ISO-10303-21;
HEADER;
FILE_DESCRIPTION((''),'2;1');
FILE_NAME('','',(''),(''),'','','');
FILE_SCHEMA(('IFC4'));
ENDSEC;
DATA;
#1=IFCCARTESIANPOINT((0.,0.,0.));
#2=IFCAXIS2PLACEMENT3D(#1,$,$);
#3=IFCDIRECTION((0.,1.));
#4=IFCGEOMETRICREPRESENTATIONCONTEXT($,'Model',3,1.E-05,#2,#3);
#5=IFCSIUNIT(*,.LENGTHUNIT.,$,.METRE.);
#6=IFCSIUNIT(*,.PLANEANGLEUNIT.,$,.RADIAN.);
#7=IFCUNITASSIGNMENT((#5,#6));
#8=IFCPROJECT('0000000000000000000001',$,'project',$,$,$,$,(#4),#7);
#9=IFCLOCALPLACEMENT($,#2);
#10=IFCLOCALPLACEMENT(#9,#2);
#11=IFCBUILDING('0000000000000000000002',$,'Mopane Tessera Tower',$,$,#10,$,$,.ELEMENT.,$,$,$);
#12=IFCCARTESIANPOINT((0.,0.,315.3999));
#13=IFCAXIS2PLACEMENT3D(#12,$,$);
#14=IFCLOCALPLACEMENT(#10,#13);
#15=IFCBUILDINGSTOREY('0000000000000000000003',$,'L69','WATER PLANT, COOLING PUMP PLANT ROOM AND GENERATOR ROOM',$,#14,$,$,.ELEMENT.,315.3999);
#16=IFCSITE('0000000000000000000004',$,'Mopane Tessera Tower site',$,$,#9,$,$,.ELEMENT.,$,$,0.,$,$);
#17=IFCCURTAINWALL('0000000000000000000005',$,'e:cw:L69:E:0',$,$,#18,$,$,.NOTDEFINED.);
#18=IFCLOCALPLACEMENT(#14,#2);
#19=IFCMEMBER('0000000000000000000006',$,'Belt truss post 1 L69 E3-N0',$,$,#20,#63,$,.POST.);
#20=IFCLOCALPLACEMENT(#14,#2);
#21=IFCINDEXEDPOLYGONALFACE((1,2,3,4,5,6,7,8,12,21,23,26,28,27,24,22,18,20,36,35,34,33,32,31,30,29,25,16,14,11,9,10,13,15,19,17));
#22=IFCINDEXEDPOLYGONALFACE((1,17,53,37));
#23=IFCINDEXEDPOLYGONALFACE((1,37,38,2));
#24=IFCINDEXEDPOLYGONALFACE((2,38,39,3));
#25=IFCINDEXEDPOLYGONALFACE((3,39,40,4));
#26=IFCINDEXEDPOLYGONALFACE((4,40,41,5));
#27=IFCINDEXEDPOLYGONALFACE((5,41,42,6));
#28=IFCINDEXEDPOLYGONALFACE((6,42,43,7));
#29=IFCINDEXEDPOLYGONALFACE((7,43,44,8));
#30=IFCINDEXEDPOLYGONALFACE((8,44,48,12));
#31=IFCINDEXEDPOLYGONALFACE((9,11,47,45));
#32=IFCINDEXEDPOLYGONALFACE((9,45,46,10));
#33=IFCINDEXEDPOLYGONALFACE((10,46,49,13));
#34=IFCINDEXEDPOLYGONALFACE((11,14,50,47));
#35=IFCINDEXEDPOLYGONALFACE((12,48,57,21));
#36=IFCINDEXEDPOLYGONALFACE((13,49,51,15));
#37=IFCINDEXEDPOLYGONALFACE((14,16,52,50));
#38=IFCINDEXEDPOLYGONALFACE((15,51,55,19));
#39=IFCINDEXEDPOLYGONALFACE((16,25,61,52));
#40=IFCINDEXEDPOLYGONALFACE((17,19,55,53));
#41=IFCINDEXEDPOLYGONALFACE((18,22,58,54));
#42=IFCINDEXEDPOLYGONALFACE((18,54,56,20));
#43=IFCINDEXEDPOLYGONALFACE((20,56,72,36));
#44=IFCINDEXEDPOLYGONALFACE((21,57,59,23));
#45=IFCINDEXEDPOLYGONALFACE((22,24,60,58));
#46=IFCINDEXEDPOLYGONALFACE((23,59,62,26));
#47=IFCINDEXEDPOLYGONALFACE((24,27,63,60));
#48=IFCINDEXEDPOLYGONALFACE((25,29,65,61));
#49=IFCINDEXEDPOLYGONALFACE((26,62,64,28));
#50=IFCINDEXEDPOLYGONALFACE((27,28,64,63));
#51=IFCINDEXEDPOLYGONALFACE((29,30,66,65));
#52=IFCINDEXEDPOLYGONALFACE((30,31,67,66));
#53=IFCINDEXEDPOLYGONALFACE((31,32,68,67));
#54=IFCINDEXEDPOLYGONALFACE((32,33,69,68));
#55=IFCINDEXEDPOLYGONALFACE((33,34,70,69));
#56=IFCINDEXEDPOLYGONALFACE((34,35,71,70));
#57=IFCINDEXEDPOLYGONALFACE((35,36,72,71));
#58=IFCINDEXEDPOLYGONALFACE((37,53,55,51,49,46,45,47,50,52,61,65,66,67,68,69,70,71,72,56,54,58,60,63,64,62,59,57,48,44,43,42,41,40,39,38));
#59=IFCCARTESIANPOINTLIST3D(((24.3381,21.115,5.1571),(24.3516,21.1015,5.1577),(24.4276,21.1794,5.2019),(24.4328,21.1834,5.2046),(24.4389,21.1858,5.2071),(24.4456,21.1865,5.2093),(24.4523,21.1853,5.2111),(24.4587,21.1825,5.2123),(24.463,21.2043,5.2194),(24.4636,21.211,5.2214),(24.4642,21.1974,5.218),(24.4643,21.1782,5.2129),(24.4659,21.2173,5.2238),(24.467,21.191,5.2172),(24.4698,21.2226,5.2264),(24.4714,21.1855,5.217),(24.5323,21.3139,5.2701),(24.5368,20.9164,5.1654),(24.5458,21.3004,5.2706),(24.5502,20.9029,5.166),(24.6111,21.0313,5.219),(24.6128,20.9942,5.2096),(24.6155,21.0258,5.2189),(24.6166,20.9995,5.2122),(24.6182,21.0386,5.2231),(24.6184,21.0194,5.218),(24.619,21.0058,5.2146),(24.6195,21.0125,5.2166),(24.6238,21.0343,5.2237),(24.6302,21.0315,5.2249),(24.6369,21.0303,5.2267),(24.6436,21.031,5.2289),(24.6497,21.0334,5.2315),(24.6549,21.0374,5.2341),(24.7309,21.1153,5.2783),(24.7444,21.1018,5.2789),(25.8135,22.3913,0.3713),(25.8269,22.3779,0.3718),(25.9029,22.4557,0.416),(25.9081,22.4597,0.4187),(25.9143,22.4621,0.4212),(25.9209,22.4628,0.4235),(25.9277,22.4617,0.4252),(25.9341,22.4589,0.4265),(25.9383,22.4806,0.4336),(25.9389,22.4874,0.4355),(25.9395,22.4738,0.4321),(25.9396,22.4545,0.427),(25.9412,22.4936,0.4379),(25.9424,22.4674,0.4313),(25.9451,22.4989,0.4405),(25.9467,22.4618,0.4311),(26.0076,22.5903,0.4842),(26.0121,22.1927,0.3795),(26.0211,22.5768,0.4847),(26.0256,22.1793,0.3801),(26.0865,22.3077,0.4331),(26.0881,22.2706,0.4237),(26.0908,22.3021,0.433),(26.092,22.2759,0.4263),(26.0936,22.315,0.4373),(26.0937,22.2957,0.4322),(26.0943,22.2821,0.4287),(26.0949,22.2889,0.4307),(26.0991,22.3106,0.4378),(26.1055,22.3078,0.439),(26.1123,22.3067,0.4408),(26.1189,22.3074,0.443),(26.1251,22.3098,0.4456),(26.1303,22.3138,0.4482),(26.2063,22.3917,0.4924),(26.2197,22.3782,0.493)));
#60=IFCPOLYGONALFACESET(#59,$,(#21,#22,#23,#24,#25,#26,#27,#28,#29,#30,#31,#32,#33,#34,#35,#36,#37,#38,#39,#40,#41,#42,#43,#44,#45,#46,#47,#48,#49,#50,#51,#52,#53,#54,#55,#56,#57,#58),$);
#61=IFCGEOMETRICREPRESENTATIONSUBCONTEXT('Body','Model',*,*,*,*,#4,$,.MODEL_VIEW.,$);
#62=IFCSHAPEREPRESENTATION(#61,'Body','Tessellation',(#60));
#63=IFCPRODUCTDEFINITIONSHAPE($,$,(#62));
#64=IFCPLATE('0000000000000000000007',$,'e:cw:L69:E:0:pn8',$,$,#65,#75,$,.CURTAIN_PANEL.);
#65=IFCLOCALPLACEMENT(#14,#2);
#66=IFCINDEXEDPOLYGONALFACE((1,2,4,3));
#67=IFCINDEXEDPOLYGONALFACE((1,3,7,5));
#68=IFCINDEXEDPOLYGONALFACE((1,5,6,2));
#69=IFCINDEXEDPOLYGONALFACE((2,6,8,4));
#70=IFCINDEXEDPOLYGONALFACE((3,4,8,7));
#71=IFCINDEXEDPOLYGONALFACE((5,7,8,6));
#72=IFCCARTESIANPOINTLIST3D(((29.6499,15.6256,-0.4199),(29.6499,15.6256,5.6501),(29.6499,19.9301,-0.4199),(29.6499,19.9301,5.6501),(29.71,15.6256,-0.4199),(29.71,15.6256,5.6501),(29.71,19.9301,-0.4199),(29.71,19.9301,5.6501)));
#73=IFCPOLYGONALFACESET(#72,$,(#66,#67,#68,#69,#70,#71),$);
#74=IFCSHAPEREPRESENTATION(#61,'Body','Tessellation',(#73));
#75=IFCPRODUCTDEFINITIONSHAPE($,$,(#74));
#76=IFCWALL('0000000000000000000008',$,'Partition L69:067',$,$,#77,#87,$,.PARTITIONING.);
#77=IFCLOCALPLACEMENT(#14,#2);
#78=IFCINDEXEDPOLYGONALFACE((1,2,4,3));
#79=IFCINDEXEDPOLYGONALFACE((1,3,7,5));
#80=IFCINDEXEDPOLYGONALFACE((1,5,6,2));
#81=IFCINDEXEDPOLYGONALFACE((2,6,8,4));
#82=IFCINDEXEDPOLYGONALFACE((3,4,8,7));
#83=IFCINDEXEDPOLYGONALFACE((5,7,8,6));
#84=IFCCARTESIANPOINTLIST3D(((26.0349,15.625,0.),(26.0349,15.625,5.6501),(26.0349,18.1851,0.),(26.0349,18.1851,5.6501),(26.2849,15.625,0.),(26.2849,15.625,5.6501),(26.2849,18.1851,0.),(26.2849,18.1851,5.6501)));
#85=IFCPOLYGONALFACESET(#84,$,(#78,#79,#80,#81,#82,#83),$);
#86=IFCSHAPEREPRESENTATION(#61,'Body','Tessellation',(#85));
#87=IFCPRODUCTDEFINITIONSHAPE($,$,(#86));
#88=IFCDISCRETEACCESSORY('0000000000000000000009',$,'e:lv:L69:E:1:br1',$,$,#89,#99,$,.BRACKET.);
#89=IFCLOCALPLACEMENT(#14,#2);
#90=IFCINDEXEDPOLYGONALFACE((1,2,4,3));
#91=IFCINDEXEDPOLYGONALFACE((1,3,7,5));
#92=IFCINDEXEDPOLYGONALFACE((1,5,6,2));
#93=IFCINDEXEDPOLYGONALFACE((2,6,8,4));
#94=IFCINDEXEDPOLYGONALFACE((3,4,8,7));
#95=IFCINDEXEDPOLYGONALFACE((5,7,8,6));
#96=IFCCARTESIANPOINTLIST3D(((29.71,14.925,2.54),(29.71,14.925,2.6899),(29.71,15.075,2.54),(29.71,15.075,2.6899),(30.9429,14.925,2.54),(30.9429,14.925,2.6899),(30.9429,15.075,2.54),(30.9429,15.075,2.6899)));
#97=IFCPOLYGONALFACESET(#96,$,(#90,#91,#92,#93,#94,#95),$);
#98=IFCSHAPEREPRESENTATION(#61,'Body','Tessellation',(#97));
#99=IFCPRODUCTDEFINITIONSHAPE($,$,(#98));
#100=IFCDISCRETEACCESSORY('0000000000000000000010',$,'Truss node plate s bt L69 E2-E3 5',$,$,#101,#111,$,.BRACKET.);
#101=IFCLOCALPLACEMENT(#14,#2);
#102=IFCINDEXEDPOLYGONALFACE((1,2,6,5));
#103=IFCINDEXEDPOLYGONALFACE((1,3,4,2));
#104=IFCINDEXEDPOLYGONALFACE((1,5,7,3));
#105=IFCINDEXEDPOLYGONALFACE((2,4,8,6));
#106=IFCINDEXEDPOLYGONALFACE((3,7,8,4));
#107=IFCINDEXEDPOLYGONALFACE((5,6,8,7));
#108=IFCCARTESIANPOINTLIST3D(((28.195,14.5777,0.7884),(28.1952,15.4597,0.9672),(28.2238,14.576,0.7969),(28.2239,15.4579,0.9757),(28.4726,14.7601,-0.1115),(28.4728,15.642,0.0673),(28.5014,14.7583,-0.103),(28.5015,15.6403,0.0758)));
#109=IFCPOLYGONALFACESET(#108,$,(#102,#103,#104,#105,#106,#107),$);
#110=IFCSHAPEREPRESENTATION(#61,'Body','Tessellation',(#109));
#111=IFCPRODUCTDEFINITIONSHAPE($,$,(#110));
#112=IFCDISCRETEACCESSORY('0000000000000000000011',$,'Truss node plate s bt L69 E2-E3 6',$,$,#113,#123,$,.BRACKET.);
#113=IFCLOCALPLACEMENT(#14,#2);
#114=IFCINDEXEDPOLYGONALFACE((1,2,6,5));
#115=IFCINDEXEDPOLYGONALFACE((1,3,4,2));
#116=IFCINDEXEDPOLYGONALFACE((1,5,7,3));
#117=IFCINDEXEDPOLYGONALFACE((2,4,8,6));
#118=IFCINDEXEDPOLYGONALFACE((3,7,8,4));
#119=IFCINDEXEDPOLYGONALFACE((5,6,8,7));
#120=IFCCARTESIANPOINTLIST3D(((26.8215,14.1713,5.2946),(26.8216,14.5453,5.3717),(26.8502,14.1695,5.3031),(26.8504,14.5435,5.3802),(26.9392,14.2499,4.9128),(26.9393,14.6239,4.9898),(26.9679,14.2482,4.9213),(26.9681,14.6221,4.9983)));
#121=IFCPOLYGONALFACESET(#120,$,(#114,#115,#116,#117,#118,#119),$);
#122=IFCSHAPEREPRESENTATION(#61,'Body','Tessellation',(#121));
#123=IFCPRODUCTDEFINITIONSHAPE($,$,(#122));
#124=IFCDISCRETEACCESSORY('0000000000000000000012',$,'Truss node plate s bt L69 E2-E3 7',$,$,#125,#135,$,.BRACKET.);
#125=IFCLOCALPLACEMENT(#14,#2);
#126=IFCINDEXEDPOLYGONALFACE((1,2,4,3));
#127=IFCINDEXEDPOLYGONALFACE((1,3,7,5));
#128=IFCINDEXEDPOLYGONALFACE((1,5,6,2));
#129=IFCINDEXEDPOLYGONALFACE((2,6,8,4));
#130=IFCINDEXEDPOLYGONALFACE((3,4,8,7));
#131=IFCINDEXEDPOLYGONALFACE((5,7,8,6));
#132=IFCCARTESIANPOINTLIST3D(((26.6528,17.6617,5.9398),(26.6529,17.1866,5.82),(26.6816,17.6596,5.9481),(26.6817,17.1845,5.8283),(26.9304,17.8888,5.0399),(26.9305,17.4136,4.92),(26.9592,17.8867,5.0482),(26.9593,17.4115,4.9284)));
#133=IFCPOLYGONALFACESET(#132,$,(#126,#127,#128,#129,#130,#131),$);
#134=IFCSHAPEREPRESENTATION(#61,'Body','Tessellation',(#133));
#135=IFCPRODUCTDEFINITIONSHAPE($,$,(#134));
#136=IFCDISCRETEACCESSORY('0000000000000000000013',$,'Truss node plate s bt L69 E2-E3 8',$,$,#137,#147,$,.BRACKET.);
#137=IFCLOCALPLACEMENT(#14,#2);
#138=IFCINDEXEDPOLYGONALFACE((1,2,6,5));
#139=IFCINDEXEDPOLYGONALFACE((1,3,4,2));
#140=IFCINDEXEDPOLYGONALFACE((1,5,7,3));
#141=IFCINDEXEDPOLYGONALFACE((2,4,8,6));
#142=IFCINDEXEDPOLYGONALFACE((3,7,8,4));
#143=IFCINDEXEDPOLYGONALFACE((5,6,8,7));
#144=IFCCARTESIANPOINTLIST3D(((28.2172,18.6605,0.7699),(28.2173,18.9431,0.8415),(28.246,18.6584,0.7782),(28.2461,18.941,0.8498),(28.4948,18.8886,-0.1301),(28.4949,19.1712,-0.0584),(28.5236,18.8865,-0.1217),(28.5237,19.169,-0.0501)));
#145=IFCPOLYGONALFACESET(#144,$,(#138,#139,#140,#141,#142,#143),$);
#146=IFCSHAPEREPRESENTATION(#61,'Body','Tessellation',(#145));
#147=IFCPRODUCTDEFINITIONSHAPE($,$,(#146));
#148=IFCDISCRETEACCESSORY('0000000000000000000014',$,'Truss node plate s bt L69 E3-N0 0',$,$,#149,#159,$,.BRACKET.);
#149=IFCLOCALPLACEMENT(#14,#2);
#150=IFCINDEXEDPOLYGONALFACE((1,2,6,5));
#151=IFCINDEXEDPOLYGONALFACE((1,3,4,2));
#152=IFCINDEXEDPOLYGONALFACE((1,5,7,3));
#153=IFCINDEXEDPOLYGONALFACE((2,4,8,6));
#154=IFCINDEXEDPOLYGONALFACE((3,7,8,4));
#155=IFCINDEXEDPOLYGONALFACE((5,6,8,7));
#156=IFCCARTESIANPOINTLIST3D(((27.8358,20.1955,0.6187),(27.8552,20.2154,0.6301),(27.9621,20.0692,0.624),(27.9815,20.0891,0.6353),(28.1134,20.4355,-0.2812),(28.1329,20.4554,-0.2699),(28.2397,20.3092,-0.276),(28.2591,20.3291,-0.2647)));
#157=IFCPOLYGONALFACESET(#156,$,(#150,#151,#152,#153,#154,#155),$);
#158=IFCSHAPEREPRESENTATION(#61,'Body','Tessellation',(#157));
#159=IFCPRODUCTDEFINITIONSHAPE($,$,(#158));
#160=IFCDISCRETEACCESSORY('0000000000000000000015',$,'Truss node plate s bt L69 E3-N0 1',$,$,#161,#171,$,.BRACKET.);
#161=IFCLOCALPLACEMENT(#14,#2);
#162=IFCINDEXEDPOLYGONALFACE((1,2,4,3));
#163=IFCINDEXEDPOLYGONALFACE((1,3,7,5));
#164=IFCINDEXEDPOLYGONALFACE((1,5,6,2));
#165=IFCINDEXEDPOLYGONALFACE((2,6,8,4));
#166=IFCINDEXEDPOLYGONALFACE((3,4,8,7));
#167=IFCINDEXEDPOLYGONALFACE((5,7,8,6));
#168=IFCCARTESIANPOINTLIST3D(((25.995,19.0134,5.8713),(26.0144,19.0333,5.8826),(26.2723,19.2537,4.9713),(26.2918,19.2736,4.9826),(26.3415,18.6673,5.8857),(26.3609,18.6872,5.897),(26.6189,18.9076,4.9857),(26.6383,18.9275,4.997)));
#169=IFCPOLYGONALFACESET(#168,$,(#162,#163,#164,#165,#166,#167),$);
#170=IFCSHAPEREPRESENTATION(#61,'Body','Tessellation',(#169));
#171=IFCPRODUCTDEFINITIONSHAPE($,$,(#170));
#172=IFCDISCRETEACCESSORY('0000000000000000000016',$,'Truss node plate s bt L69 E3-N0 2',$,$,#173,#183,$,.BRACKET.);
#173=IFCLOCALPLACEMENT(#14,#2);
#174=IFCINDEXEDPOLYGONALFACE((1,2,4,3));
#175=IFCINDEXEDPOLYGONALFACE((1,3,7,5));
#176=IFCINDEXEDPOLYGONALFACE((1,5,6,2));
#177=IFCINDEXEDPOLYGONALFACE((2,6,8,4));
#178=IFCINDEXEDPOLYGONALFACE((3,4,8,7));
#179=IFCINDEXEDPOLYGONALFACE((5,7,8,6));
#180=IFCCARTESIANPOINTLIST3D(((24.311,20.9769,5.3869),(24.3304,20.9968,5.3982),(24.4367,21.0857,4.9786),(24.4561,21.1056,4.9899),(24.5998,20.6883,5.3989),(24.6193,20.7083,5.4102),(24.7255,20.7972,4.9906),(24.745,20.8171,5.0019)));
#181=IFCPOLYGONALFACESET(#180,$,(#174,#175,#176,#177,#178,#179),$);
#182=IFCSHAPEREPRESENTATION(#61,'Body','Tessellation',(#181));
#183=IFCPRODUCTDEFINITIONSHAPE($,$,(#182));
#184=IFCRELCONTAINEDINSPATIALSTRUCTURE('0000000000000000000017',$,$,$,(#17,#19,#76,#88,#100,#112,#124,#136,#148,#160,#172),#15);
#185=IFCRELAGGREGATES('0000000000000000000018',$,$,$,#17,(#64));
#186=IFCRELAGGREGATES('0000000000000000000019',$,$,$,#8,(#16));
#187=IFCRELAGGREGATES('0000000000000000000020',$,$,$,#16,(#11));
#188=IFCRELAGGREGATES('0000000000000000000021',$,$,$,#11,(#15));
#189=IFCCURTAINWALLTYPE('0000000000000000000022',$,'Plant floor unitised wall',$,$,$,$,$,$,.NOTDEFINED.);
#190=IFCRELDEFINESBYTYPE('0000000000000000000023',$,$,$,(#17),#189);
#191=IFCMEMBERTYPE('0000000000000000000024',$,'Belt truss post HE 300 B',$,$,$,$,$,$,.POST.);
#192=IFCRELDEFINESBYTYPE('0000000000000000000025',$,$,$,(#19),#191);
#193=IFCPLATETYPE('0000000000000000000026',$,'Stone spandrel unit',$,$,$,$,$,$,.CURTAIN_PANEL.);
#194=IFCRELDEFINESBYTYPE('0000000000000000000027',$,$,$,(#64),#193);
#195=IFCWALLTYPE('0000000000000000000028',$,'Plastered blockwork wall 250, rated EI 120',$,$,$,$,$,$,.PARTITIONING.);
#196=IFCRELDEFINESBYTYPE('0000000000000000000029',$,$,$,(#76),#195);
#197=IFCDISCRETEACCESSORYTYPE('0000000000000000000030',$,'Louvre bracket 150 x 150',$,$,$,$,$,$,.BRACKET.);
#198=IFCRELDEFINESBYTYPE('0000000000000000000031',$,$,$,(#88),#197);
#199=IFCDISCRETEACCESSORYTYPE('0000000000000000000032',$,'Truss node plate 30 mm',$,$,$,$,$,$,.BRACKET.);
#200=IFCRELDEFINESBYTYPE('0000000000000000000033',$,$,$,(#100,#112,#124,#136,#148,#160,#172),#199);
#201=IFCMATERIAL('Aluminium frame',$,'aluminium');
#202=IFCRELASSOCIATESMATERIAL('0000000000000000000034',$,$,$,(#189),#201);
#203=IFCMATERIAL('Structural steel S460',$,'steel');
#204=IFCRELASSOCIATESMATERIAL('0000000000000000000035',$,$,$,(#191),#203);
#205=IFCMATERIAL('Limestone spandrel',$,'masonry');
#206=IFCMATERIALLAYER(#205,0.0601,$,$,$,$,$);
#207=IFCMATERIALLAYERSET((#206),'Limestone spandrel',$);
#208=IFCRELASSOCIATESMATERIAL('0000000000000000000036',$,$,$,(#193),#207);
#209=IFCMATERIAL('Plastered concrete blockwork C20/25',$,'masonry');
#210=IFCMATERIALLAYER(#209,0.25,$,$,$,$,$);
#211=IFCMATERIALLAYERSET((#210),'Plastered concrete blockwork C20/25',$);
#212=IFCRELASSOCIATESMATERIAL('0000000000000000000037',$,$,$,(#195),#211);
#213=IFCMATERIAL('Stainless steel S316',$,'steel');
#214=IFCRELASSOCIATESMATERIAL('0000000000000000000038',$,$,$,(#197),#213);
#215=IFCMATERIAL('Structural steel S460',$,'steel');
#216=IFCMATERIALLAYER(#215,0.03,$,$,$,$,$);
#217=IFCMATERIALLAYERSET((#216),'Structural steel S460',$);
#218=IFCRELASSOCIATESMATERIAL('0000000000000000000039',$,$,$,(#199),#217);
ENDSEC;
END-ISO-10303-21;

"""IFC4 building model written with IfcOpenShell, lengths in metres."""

from ifc_helpers import new_model, si_unit, direction, frame, frame_2d, origin, origin_2d, place, context, subcontext, project, spatial, rectangle, i_section, extrude, material, layer, layer_set, material_profile, profile_set, type_object, element, aggregate, save


model = new_model("IFC4")

# Units and contexts
model_context = context("Model", 3, precision=1e-05, world=origin(), true_north=direction((0.0, 1.0)))
body_context = subcontext(model_context, "Body", "Model", "MODEL_VIEW")
ifc_project = project(units=[si_unit("LENGTHUNIT", "METRE"), si_unit("PLANEANGLEUNIT", "RADIAN")], contexts=[model_context])

# Site, building, storey
site_placement = place(None, origin())
site = spatial("IfcSite", under=ifc_project, at=site_placement, Name="Mopane Tessera Tower site", CompositionType="ELEMENT", RefElevation=0.0)
building_placement = place(site_placement, origin())
building = spatial("IfcBuilding", under=site, at=building_placement, Name="Mopane Tessera Tower", CompositionType="ELEMENT")
storey_placement = place(building_placement, frame((0.0, 0.0, 315.3999)))
storey = spatial("IfcBuildingStorey", under=building, at=storey_placement, Name="L69", Description="WATER PLANT, COOLING PUMP PLANT ROOM AND GENERATOR ROOM", CompositionType="ELEMENT", Elevation=315.3999)

# Curtain wall
ifc_material_1 = material(Name="Aluminium frame", Category="aluminium")
curtain_wall_type = type_object("IfcCurtainWallType", Name="Plant floor unitised wall", PredefinedType="NOTDEFINED", material=ifc_material_1)
curtain_wall_1_placement = place(storey_placement, origin())
curtain_wall_1 = element("IfcCurtainWall", 1, at=curtain_wall_1_placement, inside=storey, type_object=curtain_wall_type, Name="e:cw:L69:E:0", PredefinedType="NOTDEFINED")

# Member
ifc_material_2 = material(Name="Structural steel S460", Category="steel")
ifc_material_profile_1 = material_profile(ifc_material_2, i_section(OverallWidth=0.3, OverallDepth=0.3, WebThickness=0.011, FlangeThickness=0.019, FilletRadius=0.0271, at=origin_2d()))
ifc_profile_set_1 = profile_set([ifc_material_profile_1], Name="Structural steel S460")
member_type_1 = type_object("IfcMemberType", Name="Belt truss post HE 300 B", PredefinedType="POST", material=ifc_profile_set_1)
member_1_placement = place(storey_placement, frame((26.0166, 22.3848, 0.4321), z_axis=(-0.285464, -0.246965, 0.926023), x_axis=(-0.647193, -0.662967, -0.376319)))
element("IfcMember", 2, at=member_1_placement, inside=storey, type_object=member_type_1, Name="Belt truss post 1 L69 E3-N0", PredefinedType="POST", context=body_context, shape_type="SweptSolid", body=[
    extrude(i_section(OverallWidth=0.3, OverallDepth=0.3, WebThickness=0.011, FlangeThickness=0.019, FilletRadius=0.0271, at=origin_2d()), origin(), (0.0, 0.0, 1.0), 5.1682),
])

# Plate
ifc_material_3 = material(Name="Limestone spandrel", Category="masonry")
ifc_layer_1 = layer(ifc_material_3, 0.0601)
ifc_layer_set_1 = layer_set([ifc_layer_1], Name="Limestone spandrel")
plate_type = type_object("IfcPlateType", Name="Stone spandrel unit", PredefinedType="CURTAIN_PANEL", material=ifc_layer_set_1)
plate_placement = place(storey_placement, frame((29.6799, 17.7778, -0.4199), z_axis=(0.0, 0.0, 1.0), x_axis=(0.0, 1.0, 0.0)))
plate = element("IfcPlate", 3, at=plate_placement, type_object=plate_type, Name="e:cw:L69:E:0:pn8", PredefinedType="CURTAIN_PANEL", context=body_context, shape_type="SweptSolid", body=[
    extrude(rectangle(XDim=4.3044, YDim=0.0601, at=origin_2d()), origin(), (0.0, 0.0, 1.0), 6.0701),
])
aggregate(curtain_wall_1, [plate])

# Wall
ifc_material_4 = material(Name="Plastered concrete blockwork C20/25", Category="masonry")
ifc_layer_2 = layer(ifc_material_4, 0.25)
ifc_layer_set_2 = layer_set([ifc_layer_2], Name="Plastered concrete blockwork C20/25")
wall_type = type_object("IfcWallType", Name="Plastered blockwork wall 250, rated EI 120", PredefinedType="PARTITIONING", material=ifc_layer_set_2)
wall_placement = place(storey_placement, frame((26.1599, 15.625, 0.0), z_axis=(0.0, 0.0, 1.0), x_axis=(0.0, 1.0, 0.0)))
element("IfcWall", 4, at=wall_placement, inside=storey, type_object=wall_type, Name="Partition L69:067", PredefinedType="PARTITIONING", context=body_context, shape_type="SweptSolid", body=[
    extrude(rectangle(XDim=2.5601, YDim=0.25, at=frame_2d((1.28, 0.0))), origin(), (0.0, 0.0, 1.0), 5.6501),
])

# Discrete accessories
ifc_material_5 = material(Name="Stainless steel S316", Category="steel")
discrete_accessory_type_1 = type_object("IfcDiscreteAccessoryType", Name="Louvre bracket 150 x 150", PredefinedType="BRACKET", material=ifc_material_5)
discrete_accessory_1_placement = place(storey_placement, frame((30.3264, 15.0, 2.54), z_axis=(0.0, 0.0, 1.0), x_axis=(1.0, 0.0, 0.0)))
element("IfcDiscreteAccessory", 5, at=discrete_accessory_1_placement, inside=storey, type_object=discrete_accessory_type_1, Name="e:lv:L69:E:1:br1", PredefinedType="BRACKET", context=body_context, shape_type="SweptSolid", body=[
    extrude(rectangle(XDim=1.2329, YDim=0.1499, at=origin_2d()), origin(), (0.0, 0.0, 1.0), 0.1499),
])
ifc_material_6 = material(Name="Structural steel S460", Category="steel")
ifc_layer_3 = layer(ifc_material_6, 0.03)
ifc_layer_set_3 = layer_set([ifc_layer_3], Name="Structural steel S460")
discrete_accessory_type_2 = type_object("IfcDiscreteAccessoryType", Name="Truss node plate 30 mm", PredefinedType="BRACKET", material=ifc_layer_set_3)
discrete_accessory_2_placement = place(storey_placement, frame((28.4871, 15.2002, -0.0178), z_axis=(-0.289383, -0.190123, 0.938142), x_axis=(-0.957213, 0.057639, -0.283585)))
element("IfcDiscreteAccessory", 6, at=discrete_accessory_2_placement, inside=storey, type_object=discrete_accessory_type_2, Name="Truss node plate s bt L69 E2-E3 5", PredefinedType="BRACKET", context=body_context, shape_type="SweptSolid", body=[
    extrude(rectangle(XDim=0.03, YDim=0.8999, at=origin_2d()), origin(), (0.0, 0.0, 1.0), 0.9592),
])
discrete_accessory_3_placement = place(storey_placement, frame((26.9536, 14.436, 4.9556), z_axis=(-0.288975, -0.19305, 0.93767), x_axis=(-0.957337, 0.058646, -0.282962)))
element("IfcDiscreteAccessory", 7, at=discrete_accessory_3_placement, inside=storey, type_object=discrete_accessory_type_2, Name="Truss node plate s bt L69 E2-E3 6", PredefinedType="BRACKET", context=body_context, shape_type="SweptSolid", body=[
    extrude(rectangle(XDim=0.03, YDim=0.3818, at=origin_2d()), origin(), (0.0, 0.0, 1.0), 0.4072),
])
discrete_accessory_4_placement = place(storey_placement, frame((26.9448, 17.6501, 4.9841), z_axis=(-0.286549, -0.234381, 0.928954), x_axis=(-0.958065, 0.069918, -0.277889)))
element("IfcDiscreteAccessory", 8, at=discrete_accessory_4_placement, inside=storey, type_object=discrete_accessory_type_2, Name="Truss node plate s bt L69 E2-E3 7", PredefinedType="BRACKET", context=body_context, shape_type="SweptSolid", body=[
    extrude(rectangle(XDim=0.03, YDim=0.49, at=origin_2d()), origin(), (0.0, 0.0, 1.0), 0.9688),
])
discrete_accessory_5_placement = place(storey_placement, frame((28.5093, 19.0288, -0.0901), z_axis=(-0.286481, -0.235333, 0.928734), x_axis=(-0.958086, 0.07067, -0.277628)))
element("IfcDiscreteAccessory", 9, at=discrete_accessory_5_placement, inside=storey, type_object=discrete_accessory_type_2, Name="Truss node plate s bt L69 E2-E3 8", PredefinedType="BRACKET", context=body_context, shape_type="SweptSolid", body=[
    extrude(rectangle(XDim=0.03, YDim=0.2915, at=origin_2d()), origin(), (0.0, 0.0, 1.0), 0.969),
])
discrete_accessory_6_placement = place(storey_placement, frame((28.1863, 20.3823, -0.2729), z_axis=(-0.285631, -0.246944, 0.925977), x_axis=(-0.647377, -0.662724, -0.376431)))
element("IfcDiscreteAccessory", 10, at=discrete_accessory_6_placement, inside=storey, type_object=discrete_accessory_type_2, Name="Truss node plate s bt L69 E3-N0 0", PredefinedType="BRACKET", context=body_context, shape_type="SweptSolid", body=[
    extrude(rectangle(XDim=0.03, YDim=0.1787, at=origin_2d()), origin(), (0.0, 0.0, 1.0), 0.9719),
])
discrete_accessory_7_placement = place(storey_placement, frame((26.4553, 19.0906, 4.9841), z_axis=(-0.285383, -0.247198, 0.925986), x_axis=(-0.646762, -0.663337, -0.376409)))
element("IfcDiscreteAccessory", 11, at=discrete_accessory_7_placement, inside=storey, type_object=discrete_accessory_type_2, Name="Truss node plate s bt L69 E3-N0 1", PredefinedType="BRACKET", context=body_context, shape_type="SweptSolid", body=[
    extrude(rectangle(XDim=0.03, YDim=0.49, at=origin_2d()), origin(), (0.0, 0.0, 1.0), 0.9719),
])
discrete_accessory_8_placement = place(storey_placement, frame((24.5908, 20.9514, 4.9902), z_axis=(-0.285098, -0.2469, 0.926153), x_axis=(-0.646955, -0.66338, -0.376001)))
element("IfcDiscreteAccessory", 12, at=discrete_accessory_8_placement, inside=storey, type_object=discrete_accessory_type_2, Name="Truss node plate s bt L69 E3-N0 2", PredefinedType="BRACKET", context=body_context, shape_type="SweptSolid", body=[
    extrude(rectangle(XDim=0.03, YDim=0.4084, at=origin_2d()), origin(), (0.0, 0.0, 1.0), 0.4409),
])

save(model, "model.ifc")
